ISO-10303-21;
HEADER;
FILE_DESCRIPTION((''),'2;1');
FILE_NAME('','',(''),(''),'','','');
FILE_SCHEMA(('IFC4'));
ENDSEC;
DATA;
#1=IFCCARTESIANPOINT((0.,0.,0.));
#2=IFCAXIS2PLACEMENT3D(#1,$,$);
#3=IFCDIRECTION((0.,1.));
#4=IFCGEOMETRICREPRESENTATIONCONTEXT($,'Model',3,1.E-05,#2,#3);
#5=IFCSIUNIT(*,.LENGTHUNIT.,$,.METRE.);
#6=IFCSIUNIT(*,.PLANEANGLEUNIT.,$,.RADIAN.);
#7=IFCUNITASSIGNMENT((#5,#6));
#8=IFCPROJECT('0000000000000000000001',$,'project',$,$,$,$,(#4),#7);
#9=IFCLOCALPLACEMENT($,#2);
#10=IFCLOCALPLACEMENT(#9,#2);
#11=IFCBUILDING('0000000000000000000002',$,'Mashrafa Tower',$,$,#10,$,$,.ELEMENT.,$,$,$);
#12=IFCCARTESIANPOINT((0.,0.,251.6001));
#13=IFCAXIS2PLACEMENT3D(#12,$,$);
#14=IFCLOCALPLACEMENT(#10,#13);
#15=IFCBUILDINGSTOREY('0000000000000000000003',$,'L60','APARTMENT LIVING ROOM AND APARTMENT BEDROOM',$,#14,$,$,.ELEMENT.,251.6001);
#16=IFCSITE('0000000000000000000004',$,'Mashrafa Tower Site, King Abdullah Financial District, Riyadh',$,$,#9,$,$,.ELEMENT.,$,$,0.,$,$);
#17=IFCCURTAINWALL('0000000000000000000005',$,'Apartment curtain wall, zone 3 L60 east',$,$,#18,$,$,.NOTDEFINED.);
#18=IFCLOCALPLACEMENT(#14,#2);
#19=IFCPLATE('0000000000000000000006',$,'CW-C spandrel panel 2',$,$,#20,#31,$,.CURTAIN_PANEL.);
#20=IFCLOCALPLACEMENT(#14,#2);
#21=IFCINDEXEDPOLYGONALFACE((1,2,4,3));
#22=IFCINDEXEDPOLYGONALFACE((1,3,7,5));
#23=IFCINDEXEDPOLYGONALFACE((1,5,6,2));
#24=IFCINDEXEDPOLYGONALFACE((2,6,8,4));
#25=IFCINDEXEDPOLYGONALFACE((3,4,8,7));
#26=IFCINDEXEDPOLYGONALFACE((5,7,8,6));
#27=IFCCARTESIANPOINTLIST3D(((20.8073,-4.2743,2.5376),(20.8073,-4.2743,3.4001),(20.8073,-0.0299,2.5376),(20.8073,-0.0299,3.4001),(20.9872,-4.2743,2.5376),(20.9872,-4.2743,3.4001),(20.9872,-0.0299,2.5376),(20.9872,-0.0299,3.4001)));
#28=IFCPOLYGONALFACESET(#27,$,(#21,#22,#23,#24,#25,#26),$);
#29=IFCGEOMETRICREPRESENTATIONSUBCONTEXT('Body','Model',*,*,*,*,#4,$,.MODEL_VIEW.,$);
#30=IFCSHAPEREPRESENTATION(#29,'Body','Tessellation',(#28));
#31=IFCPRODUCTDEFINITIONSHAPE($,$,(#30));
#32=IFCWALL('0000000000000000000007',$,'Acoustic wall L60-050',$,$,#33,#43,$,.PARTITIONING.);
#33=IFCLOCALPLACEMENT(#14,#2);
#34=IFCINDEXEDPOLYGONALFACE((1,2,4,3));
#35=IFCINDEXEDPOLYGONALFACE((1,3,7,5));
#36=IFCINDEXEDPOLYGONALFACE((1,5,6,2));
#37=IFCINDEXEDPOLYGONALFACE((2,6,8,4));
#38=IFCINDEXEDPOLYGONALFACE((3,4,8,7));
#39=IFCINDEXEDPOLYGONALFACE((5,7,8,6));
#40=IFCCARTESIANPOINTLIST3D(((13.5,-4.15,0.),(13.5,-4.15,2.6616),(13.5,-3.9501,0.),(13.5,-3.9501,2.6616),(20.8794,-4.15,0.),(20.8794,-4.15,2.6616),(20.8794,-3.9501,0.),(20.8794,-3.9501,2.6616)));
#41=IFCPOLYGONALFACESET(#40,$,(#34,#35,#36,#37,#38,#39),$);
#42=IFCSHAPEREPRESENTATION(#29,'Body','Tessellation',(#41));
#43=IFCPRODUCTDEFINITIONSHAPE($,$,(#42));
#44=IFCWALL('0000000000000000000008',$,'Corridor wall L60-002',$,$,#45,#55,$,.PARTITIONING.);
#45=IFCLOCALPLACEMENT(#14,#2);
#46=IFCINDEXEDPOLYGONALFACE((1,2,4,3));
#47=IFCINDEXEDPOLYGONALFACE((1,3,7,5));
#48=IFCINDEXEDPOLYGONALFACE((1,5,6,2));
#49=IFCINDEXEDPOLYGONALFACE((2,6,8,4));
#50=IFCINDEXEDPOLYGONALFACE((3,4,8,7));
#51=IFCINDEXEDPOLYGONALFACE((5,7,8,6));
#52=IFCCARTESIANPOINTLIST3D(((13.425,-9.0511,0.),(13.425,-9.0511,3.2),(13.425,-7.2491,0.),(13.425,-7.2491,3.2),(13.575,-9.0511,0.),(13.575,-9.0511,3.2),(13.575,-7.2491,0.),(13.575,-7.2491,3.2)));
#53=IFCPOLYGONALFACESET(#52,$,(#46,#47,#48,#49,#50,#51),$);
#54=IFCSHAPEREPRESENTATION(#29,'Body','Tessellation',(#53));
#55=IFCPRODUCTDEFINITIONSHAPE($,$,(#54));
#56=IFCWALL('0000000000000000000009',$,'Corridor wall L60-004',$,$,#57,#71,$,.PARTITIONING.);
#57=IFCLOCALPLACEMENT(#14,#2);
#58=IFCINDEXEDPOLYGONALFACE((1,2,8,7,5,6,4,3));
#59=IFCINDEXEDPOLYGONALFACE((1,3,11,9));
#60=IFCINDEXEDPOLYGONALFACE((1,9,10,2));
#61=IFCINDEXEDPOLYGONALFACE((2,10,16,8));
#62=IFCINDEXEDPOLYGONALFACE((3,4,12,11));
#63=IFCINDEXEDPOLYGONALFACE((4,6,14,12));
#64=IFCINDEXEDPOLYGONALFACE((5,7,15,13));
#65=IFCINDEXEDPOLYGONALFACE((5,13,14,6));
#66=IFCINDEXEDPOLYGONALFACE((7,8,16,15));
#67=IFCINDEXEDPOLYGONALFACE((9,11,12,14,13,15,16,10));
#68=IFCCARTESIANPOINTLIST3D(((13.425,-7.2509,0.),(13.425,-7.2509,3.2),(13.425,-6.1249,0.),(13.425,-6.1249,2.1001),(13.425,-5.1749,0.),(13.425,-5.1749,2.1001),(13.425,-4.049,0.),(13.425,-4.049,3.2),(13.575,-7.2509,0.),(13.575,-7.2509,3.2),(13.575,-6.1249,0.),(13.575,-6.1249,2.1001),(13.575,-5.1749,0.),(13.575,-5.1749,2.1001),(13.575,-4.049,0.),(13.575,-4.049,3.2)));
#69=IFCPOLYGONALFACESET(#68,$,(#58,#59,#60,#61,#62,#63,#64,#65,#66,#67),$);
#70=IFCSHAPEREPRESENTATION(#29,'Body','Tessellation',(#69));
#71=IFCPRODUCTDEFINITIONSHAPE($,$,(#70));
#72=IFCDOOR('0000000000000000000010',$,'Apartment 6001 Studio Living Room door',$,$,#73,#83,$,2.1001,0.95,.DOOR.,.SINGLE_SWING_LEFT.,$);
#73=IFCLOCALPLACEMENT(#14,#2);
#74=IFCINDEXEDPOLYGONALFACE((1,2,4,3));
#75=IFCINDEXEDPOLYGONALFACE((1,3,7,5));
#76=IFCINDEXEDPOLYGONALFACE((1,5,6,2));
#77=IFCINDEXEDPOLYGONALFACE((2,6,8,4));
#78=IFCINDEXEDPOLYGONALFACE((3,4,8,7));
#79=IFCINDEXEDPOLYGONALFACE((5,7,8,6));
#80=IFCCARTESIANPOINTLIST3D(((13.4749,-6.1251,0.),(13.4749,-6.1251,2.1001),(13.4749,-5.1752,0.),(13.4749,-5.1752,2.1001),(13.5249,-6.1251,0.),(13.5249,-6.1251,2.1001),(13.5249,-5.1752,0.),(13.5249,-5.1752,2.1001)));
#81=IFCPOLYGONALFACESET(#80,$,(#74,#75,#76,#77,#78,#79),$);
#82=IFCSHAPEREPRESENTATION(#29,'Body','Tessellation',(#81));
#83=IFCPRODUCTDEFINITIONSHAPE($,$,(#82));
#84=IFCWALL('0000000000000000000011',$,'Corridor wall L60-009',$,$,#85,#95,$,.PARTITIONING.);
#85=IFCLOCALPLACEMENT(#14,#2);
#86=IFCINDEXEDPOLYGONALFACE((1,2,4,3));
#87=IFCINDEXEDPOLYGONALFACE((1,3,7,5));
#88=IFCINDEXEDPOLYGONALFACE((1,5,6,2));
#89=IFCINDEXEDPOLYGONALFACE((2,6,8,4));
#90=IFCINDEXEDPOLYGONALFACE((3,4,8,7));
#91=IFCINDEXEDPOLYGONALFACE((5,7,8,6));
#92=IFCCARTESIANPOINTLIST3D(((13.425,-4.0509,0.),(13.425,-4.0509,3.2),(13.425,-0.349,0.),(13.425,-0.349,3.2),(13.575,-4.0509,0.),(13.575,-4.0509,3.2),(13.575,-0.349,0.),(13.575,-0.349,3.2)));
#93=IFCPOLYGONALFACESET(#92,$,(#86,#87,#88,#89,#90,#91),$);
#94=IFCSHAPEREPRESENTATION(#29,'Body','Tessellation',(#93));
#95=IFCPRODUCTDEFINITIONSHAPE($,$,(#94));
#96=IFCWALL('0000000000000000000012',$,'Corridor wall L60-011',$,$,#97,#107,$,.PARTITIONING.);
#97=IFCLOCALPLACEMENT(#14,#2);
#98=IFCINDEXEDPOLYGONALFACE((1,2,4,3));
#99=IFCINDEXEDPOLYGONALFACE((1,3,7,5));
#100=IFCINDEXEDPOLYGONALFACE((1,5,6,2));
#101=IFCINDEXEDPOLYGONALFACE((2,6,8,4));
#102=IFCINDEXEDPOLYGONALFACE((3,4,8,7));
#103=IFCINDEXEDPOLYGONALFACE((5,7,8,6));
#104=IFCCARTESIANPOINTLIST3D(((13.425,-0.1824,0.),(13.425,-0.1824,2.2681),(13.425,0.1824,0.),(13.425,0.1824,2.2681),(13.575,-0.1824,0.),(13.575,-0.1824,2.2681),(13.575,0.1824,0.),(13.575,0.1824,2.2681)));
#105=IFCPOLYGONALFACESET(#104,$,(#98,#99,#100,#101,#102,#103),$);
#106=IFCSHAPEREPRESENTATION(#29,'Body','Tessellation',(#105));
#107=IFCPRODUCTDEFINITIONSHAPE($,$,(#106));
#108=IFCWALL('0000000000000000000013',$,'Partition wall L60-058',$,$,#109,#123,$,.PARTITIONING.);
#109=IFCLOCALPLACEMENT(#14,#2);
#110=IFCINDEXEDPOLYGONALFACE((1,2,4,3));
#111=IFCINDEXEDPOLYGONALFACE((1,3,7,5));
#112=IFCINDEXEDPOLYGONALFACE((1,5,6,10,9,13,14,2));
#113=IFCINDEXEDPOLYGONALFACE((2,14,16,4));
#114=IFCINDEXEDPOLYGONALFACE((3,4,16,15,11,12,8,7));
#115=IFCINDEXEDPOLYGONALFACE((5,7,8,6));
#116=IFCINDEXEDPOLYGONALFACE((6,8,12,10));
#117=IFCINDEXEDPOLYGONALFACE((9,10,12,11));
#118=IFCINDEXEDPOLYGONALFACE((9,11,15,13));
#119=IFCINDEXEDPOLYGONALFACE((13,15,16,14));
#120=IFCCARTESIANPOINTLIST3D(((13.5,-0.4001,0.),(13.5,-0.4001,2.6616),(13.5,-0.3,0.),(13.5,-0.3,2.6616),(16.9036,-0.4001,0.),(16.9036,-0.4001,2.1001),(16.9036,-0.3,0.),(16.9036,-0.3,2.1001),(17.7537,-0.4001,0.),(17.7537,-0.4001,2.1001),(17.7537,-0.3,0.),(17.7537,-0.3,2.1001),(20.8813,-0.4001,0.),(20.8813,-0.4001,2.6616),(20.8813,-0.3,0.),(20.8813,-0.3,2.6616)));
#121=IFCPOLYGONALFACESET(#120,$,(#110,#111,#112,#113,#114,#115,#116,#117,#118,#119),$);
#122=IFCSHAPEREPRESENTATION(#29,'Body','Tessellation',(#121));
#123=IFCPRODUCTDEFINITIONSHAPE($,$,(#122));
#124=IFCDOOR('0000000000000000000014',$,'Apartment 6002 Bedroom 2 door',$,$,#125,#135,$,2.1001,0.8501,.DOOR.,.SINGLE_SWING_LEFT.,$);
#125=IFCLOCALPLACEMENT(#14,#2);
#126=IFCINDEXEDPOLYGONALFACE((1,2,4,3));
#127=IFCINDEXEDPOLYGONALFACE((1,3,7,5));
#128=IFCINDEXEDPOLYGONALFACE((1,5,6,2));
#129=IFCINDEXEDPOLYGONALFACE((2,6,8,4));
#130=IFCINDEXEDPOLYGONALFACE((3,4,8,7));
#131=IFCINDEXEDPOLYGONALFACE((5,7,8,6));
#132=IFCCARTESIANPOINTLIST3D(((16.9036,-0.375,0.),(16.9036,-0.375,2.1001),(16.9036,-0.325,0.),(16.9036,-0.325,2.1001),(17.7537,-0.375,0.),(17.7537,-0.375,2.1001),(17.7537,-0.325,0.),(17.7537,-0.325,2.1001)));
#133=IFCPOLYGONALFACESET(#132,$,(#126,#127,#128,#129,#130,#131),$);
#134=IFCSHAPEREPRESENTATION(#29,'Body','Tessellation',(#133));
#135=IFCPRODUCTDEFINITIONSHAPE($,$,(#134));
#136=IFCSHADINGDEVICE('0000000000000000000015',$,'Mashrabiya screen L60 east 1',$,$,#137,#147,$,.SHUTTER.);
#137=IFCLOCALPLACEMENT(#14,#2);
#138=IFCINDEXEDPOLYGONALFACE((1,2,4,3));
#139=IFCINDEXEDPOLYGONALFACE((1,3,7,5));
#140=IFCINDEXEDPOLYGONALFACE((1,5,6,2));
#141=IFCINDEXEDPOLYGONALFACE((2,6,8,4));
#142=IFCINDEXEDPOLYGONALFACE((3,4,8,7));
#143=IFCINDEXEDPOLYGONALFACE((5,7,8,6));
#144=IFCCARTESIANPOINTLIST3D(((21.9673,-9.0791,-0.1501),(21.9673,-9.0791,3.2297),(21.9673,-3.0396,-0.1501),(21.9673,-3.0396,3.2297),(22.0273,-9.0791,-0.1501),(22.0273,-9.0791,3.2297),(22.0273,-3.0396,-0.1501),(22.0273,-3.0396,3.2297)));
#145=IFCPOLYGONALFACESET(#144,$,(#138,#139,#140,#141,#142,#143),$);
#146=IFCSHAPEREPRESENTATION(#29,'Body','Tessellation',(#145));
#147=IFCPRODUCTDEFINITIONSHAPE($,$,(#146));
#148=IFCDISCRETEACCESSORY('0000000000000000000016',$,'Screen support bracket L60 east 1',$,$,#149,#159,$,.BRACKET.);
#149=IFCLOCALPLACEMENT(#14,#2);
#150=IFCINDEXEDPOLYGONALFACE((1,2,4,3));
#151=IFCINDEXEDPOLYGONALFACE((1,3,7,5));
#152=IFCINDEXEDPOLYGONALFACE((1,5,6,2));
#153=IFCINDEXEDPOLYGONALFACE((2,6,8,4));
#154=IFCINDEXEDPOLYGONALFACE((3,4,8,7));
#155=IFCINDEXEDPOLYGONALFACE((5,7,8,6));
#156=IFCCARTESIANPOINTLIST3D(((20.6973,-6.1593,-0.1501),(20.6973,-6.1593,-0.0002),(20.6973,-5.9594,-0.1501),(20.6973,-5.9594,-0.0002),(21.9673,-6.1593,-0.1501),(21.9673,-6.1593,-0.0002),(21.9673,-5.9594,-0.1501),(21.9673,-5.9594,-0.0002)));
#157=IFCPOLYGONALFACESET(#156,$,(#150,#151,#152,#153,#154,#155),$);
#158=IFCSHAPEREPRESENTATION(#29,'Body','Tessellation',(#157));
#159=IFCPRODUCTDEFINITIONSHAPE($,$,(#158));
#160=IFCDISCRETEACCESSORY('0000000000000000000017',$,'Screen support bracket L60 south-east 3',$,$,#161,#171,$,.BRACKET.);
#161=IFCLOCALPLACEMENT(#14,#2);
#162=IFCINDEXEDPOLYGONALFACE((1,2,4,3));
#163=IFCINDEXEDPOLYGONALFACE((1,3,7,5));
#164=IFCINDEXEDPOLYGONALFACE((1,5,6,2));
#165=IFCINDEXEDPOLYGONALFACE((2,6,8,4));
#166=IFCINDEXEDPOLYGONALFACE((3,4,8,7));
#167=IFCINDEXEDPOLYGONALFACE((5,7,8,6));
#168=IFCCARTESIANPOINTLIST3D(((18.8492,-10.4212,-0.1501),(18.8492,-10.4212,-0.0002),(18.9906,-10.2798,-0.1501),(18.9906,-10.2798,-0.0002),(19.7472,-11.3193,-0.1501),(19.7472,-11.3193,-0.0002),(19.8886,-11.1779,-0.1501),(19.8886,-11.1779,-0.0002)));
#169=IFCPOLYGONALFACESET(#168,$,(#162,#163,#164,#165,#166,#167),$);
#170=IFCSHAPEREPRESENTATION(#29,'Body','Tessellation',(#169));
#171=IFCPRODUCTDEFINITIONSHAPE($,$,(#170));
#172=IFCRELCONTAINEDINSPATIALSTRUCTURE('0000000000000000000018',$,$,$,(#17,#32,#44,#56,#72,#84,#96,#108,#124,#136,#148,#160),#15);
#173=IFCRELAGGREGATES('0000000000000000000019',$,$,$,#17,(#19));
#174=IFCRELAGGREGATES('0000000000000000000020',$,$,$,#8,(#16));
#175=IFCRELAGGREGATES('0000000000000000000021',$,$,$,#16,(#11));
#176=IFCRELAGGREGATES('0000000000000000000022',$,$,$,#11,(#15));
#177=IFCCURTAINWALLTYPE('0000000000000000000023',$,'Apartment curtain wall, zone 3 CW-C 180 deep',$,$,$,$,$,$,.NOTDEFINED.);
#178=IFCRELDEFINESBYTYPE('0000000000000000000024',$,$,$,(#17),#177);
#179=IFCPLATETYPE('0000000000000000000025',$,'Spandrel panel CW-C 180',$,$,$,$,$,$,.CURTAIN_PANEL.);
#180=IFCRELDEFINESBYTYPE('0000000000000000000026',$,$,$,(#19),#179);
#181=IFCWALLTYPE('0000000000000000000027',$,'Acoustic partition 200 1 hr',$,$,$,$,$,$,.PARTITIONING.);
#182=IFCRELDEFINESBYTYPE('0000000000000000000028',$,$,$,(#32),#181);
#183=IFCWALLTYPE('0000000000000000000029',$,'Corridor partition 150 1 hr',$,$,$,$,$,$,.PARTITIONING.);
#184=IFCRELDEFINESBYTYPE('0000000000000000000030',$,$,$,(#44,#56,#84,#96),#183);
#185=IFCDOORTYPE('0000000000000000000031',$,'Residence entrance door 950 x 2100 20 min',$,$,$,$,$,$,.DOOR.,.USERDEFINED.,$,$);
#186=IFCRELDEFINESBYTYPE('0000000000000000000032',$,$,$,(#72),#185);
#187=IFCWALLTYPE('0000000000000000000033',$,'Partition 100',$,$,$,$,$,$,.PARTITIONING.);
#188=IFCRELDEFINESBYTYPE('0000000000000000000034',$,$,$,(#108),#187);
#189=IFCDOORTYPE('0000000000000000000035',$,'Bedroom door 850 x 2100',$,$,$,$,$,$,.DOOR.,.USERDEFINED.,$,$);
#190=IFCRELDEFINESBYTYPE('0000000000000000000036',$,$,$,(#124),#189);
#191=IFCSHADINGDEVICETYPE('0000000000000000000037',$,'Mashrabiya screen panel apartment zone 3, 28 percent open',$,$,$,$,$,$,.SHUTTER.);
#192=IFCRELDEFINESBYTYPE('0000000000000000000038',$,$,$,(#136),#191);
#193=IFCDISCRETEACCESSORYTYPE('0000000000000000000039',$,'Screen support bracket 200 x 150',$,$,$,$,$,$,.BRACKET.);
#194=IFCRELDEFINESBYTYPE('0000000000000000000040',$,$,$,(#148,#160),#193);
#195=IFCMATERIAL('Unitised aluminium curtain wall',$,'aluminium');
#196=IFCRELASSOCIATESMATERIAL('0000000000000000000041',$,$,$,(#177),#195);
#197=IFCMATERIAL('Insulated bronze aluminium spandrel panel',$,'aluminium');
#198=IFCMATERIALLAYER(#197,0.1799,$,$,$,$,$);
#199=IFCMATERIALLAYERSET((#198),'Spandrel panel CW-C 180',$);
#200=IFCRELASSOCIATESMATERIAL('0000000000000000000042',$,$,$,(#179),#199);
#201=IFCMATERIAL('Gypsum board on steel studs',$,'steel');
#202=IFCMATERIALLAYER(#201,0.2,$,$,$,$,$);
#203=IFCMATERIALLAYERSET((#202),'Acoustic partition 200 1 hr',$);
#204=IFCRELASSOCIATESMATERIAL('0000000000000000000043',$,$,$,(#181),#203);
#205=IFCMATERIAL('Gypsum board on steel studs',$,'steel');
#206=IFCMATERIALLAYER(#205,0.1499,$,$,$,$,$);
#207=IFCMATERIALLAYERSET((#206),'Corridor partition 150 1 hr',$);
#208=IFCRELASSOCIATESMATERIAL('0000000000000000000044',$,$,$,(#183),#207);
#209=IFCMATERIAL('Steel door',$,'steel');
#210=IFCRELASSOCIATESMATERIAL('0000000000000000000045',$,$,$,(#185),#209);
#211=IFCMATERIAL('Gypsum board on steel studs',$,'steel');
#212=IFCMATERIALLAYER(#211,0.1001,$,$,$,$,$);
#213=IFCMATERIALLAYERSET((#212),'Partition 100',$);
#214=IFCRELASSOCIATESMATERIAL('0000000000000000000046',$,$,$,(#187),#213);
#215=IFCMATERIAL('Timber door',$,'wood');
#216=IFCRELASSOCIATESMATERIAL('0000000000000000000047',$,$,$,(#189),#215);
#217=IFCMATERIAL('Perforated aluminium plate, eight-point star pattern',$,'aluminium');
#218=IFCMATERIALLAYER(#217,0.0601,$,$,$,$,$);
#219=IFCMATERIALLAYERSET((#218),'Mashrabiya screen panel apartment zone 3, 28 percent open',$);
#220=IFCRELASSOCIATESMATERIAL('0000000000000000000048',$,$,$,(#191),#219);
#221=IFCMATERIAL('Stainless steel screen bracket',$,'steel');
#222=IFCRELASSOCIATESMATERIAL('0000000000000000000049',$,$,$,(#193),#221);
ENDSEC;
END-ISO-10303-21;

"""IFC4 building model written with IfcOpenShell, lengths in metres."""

from ifc_helpers import new_model, si_unit, direction, frame, frame_2d, origin, origin_2d, place, context, subcontext, project, spatial, rectangle, extrude, source, transform, mapped, material, layer, layer_set, type_object, type_shapes, element, fill, aggregate, save


model = new_model("IFC4")

# Units and contexts
model_context = context("Model", 3, precision=1e-05, world=origin(), true_north=direction((0.0, 1.0)))
body_context = subcontext(model_context, "Body", "Model", "MODEL_VIEW")
ifc_project = project(units=[si_unit("LENGTHUNIT", "METRE"), si_unit("PLANEANGLEUNIT", "RADIAN")], contexts=[model_context])

# Site, building, storey
site_placement = place(None, origin())
site = spatial("IfcSite", under=ifc_project, at=site_placement, Name="Mashrafa Tower Site, King Abdullah Financial District, Riyadh", CompositionType="ELEMENT", RefElevation=0.0)
building_placement = place(site_placement, origin())
building = spatial("IfcBuilding", under=site, at=building_placement, Name="Mashrafa Tower", CompositionType="ELEMENT")
storey_placement = place(building_placement, frame((0.0, 0.0, 251.6001)))
storey = spatial("IfcBuildingStorey", under=building, at=storey_placement, Name="L60", Description="APARTMENT LIVING ROOM AND APARTMENT BEDROOM", CompositionType="ELEMENT", Elevation=251.6001)

# Curtain wall
ifc_material_1 = material(Name="Unitised aluminium curtain wall", Category="aluminium")
curtain_wall_type = type_object("IfcCurtainWallType", Name="Apartment curtain wall, zone 3 CW-C 180 deep", PredefinedType="NOTDEFINED", material=ifc_material_1)
curtain_wall_1_placement = place(storey_placement, origin())
curtain_wall_1 = element("IfcCurtainWall", 1, at=curtain_wall_1_placement, inside=storey, type_object=curtain_wall_type, Name="Apartment curtain wall, zone 3 L60 east", PredefinedType="NOTDEFINED")

# Plate
ifc_material_2 = material(Name="Insulated bronze aluminium spandrel panel", Category="aluminium")
ifc_layer_1 = layer(ifc_material_2, 0.1799)
ifc_layer_set_1 = layer_set([ifc_layer_1], Name="Spandrel panel CW-C 180")
plate_type_1 = type_object("IfcPlateType", Name="Spandrel panel CW-C 180", PredefinedType="CURTAIN_PANEL", material=ifc_layer_set_1)
shared_shape_1 = source(origin(), body_context, "Body", "SweptSolid", [
    extrude(rectangle(XDim=4.2444, YDim=0.1799, at=origin_2d()), origin(), (0.0, 0.0, 1.0), 0.8625),
])
plate_1_placement = place(storey_placement, frame((20.8972, -2.1521, 2.5376), z_axis=(0.0, 0.0, 1.0), x_axis=(0.0, 1.0, 0.0)))
plate_1 = element("IfcPlate", 2, at=plate_1_placement, type_object=plate_type_1, Name="CW-C spandrel panel 2", PredefinedType="CURTAIN_PANEL", context=body_context, shape_type="MappedRepresentation", body=[
    mapped(shared_shape_1, transform((0.0, 0.0, 0.0))),
])
aggregate(curtain_wall_1, [plate_1])

# Walls
ifc_material_3 = material(Name="Gypsum board on steel studs", Category="steel")
ifc_layer_2 = layer(ifc_material_3, 0.2)
ifc_layer_set_2 = layer_set([ifc_layer_2], Name="Acoustic partition 200 1 hr")
wall_type_1 = type_object("IfcWallType", Name="Acoustic partition 200 1 hr", PredefinedType="PARTITIONING", material=ifc_layer_set_2)
wall_1_placement = place(storey_placement, frame((20.8794, -4.05, 0.0), z_axis=(0.0, 0.0, 1.0), x_axis=(-1.0, 0.0, 0.0)))
element("IfcWall", 3, at=wall_1_placement, inside=storey, type_object=wall_type_1, Name="Acoustic wall L60-050", PredefinedType="PARTITIONING", context=body_context, shape_type="SweptSolid", body=[
    extrude(rectangle(XDim=7.3794, YDim=0.2, at=frame_2d((3.6897, 0.0))), origin(), (0.0, 0.0, 1.0), 2.6616),
])
ifc_material_4 = material(Name="Gypsum board on steel studs", Category="steel")
ifc_layer_3 = layer(ifc_material_4, 0.1499)
ifc_layer_set_3 = layer_set([ifc_layer_3], Name="Corridor partition 150 1 hr")
wall_type_2 = type_object("IfcWallType", Name="Corridor partition 150 1 hr", PredefinedType="PARTITIONING", material=ifc_layer_set_3)
wall_2_placement = place(storey_placement, frame((13.5, -9.051, 0.0), z_axis=(0.0, 0.0, 1.0), x_axis=(0.0, 1.0, 0.0)))
element("IfcWall", 4, at=wall_2_placement, inside=storey, type_object=wall_type_2, Name="Corridor wall L60-002", PredefinedType="PARTITIONING", context=body_context, shape_type="SweptSolid", body=[
    extrude(rectangle(XDim=1.802, YDim=0.1499, at=frame_2d((0.9009, 0.0))), origin(), (0.0, 0.0, 1.0), 3.2),
])

# Wall, opening, door
wall_3_placement = place(storey_placement, frame((13.5, -7.251, 0.0), z_axis=(0.0, 0.0, 1.0), x_axis=(0.0, 1.0, 0.0)))
wall_3 = element("IfcWall", 5, at=wall_3_placement, inside=storey, type_object=wall_type_2, Name="Corridor wall L60-004", PredefinedType="PARTITIONING", context=body_context, shape_type="SweptSolid", body=[
    extrude(rectangle(XDim=3.2019, YDim=0.1499, at=frame_2d((1.6011, 0.0))), origin(), (0.0, 0.0, 1.0), 3.2),
])
opening_1_placement = place(wall_3_placement, frame((1.126, 0.0, 0.0)))
opening_1 = element("IfcOpeningElement", 6, at=opening_1_placement, cuts=wall_3, PredefinedType="OPENING", context=body_context, shape_type="SweptSolid", body=[
    extrude(rectangle(XDim=0.95, YDim=2.1001, at=frame_2d((0.4751, 1.05))), frame((0.0, 0.085, 0.0), z_axis=(0.0, -1.0, 0.0), x_axis=(1.0, 0.0, 0.0)), (0.0, 0.0, 1.0), 0.1699),
])
ifc_material_5 = material(Name="Steel door", Category="steel")
door_type_1 = type_object("IfcDoorType", Name="Residence entrance door 950 x 2100 20 min", OperationType="USERDEFINED", PredefinedType="DOOR", material=ifc_material_5)
door_1_placement = place(opening_1_placement, frame((0.95, 0.0, 0.0), z_axis=(0.0, 0.0, 1.0), x_axis=(-1.0, 0.0, 0.0)))
door_1 = element("IfcDoor", 7, at=door_1_placement, inside=storey, type_object=door_type_1, Name="Apartment 6001 Studio Living Room door", OperationType="SINGLE_SWING_LEFT", OverallHeight=2.1001, OverallWidth=0.95, PredefinedType="DOOR", context=body_context, shape_type="SweptSolid", body=[
    extrude(rectangle(XDim=0.95, YDim=2.1001, at=frame_2d((0.4751, 1.05))), frame((0.0, 0.0249, 0.0), z_axis=(0.0, -1.0, 0.0), x_axis=(1.0, 0.0, 0.0)), (0.0, 0.0, 1.0), 0.05),
])
fill(opening_1, door_1)

# Walls
wall_4_placement = place(storey_placement, frame((13.5, -4.051, 0.0), z_axis=(0.0, 0.0, 1.0), x_axis=(0.0, 1.0, 0.0)))
element("IfcWall", 8, at=wall_4_placement, inside=storey, type_object=wall_type_2, Name="Corridor wall L60-009", PredefinedType="PARTITIONING", context=body_context, shape_type="SweptSolid", body=[
    extrude(rectangle(XDim=3.7019, YDim=0.1499, at=frame_2d((1.8511, 0.0))), origin(), (0.0, 0.0, 1.0), 3.2),
])
wall_5_placement = place(storey_placement, frame((13.5, -0.1824, 0.0), z_axis=(0.0, 0.0, 1.0), x_axis=(0.0, 1.0, 0.0)))
element("IfcWall", 9, at=wall_5_placement, inside=storey, type_object=wall_type_2, Name="Corridor wall L60-011", PredefinedType="PARTITIONING", context=body_context, shape_type="SweptSolid", body=[
    extrude(rectangle(XDim=0.3647, YDim=0.1499, at=frame_2d((0.1824, 0.0))), origin(), (0.0, 0.0, 1.0), 2.2681),
])

# Wall, opening, door
ifc_material_6 = material(Name="Gypsum board on steel studs", Category="steel")
ifc_layer_4 = layer(ifc_material_6, 0.1001)
ifc_layer_set_4 = layer_set([ifc_layer_4], Name="Partition 100")
wall_type_3 = type_object("IfcWallType", Name="Partition 100", PredefinedType="PARTITIONING", material=ifc_layer_set_4)
wall_6_placement = place(storey_placement, frame((20.8813, -0.3501, 0.0), z_axis=(0.0, 0.0, 1.0), x_axis=(-1.0, 0.0, 0.0)))
wall_6 = element("IfcWall", 10, at=wall_6_placement, inside=storey, type_object=wall_type_3, Name="Partition wall L60-058", PredefinedType="PARTITIONING", context=body_context, shape_type="SweptSolid", body=[
    extrude(rectangle(XDim=7.3813, YDim=0.1001, at=frame_2d((3.6907, 0.0))), origin(), (0.0, 0.0, 1.0), 2.6616),
])
opening_2_placement = place(wall_6_placement, frame((3.1277, 0.0, 0.0)))
opening_2 = element("IfcOpeningElement", 11, at=opening_2_placement, cuts=wall_6, PredefinedType="OPENING", context=body_context, shape_type="SweptSolid", body=[
    extrude(rectangle(XDim=0.8501, YDim=2.1001, at=frame_2d((0.425, 1.05))), frame((0.0, 0.0601, 0.0), z_axis=(0.0, -1.0, 0.0), x_axis=(1.0, 0.0, 0.0)), (0.0, 0.0, 1.0), 0.1201),
])
ifc_material_7 = material(Name="Timber door", Category="wood")
door_type_2 = type_object("IfcDoorType", Name="Bedroom door 850 x 2100", OperationType="USERDEFINED", PredefinedType="DOOR", material=ifc_material_7)
door_2_placement = place(opening_2_placement, origin())
door_2 = element("IfcDoor", 12, at=door_2_placement, inside=storey, type_object=door_type_2, Name="Apartment 6002 Bedroom 2 door", OperationType="SINGLE_SWING_LEFT", OverallHeight=2.1001, OverallWidth=0.8501, PredefinedType="DOOR", context=body_context, shape_type="SweptSolid", body=[
    extrude(rectangle(XDim=0.8501, YDim=2.1001, at=frame_2d((0.425, 1.05))), frame((0.0, 0.0249, 0.0), z_axis=(0.0, -1.0, 0.0), x_axis=(1.0, 0.0, 0.0)), (0.0, 0.0, 1.0), 0.05),
])
fill(opening_2, door_2)

# Shading device
ifc_material_8 = material(Name="Perforated aluminium plate, eight-point star pattern", Category="aluminium")
ifc_layer_5 = layer(ifc_material_8, 0.0601)
ifc_layer_set_5 = layer_set([ifc_layer_5], Name="Mashrabiya screen panel apartment zone 3, 28 percent open")
shading_device_type = type_object("IfcShadingDeviceType", Name="Mashrabiya screen panel apartment zone 3, 28 percent open", PredefinedType="SHUTTER", material=ifc_layer_set_5)
shared_shape_2 = source(origin(), body_context, "Body", "SweptSolid", [
    extrude(rectangle(XDim=6.0396, YDim=0.0601, at=origin_2d()), origin(), (0.0, 0.0, 1.0), 3.3799),
])
type_shapes(shading_device_type, [shared_shape_2])
shading_device_placement = place(storey_placement, frame((21.9973, -6.0593, -0.1501), z_axis=(0.0, 0.0, 1.0), x_axis=(0.0, 1.0, 0.0)))
element("IfcShadingDevice", 13, at=shading_device_placement, inside=storey, type_object=shading_device_type, Name="Mashrabiya screen L60 east 1", PredefinedType="SHUTTER", context=body_context, shape_type="MappedRepresentation", body=[
    mapped(shared_shape_2, transform((0.0, 0.0, 0.0))),
])

# Discrete accessories
ifc_material_9 = material(Name="Stainless steel screen bracket", Category="steel")
discrete_accessory_type = type_object("IfcDiscreteAccessoryType", Name="Screen support bracket 200 x 150", PredefinedType="BRACKET", material=ifc_material_9)
shared_shape_3 = source(origin(), body_context, "Body", "SweptSolid", [
    extrude(rectangle(XDim=0.2, YDim=1.27, at=origin_2d()), origin(), (0.0, 0.0, 1.0), 0.1499),
])
type_shapes(discrete_accessory_type, [shared_shape_3])
for number, where, z_axis, x_axis, name in (
    (14, (21.3323, -6.0593, -0.1501), (0.0, 0.0, 1.0), (0.0, 1.0, 0.0), "Screen support bracket L60 east 1"),
    (15, (19.3689, -10.7996, -0.1501), (0.0, 0.0, 1.0), (0.707107, 0.707107, 0.0), "Screen support bracket L60 south-east 3"),
):
    element("IfcDiscreteAccessory", number, at=place(storey_placement, frame(where, z_axis=z_axis, x_axis=x_axis)), inside=storey, type_object=discrete_accessory_type, Name=name, PredefinedType="BRACKET", context=body_context, shape_type="MappedRepresentation", body=[
        mapped(shared_shape_3, transform((0.0, 0.0, 0.0))),
    ])

save(model, "model.ifc")
